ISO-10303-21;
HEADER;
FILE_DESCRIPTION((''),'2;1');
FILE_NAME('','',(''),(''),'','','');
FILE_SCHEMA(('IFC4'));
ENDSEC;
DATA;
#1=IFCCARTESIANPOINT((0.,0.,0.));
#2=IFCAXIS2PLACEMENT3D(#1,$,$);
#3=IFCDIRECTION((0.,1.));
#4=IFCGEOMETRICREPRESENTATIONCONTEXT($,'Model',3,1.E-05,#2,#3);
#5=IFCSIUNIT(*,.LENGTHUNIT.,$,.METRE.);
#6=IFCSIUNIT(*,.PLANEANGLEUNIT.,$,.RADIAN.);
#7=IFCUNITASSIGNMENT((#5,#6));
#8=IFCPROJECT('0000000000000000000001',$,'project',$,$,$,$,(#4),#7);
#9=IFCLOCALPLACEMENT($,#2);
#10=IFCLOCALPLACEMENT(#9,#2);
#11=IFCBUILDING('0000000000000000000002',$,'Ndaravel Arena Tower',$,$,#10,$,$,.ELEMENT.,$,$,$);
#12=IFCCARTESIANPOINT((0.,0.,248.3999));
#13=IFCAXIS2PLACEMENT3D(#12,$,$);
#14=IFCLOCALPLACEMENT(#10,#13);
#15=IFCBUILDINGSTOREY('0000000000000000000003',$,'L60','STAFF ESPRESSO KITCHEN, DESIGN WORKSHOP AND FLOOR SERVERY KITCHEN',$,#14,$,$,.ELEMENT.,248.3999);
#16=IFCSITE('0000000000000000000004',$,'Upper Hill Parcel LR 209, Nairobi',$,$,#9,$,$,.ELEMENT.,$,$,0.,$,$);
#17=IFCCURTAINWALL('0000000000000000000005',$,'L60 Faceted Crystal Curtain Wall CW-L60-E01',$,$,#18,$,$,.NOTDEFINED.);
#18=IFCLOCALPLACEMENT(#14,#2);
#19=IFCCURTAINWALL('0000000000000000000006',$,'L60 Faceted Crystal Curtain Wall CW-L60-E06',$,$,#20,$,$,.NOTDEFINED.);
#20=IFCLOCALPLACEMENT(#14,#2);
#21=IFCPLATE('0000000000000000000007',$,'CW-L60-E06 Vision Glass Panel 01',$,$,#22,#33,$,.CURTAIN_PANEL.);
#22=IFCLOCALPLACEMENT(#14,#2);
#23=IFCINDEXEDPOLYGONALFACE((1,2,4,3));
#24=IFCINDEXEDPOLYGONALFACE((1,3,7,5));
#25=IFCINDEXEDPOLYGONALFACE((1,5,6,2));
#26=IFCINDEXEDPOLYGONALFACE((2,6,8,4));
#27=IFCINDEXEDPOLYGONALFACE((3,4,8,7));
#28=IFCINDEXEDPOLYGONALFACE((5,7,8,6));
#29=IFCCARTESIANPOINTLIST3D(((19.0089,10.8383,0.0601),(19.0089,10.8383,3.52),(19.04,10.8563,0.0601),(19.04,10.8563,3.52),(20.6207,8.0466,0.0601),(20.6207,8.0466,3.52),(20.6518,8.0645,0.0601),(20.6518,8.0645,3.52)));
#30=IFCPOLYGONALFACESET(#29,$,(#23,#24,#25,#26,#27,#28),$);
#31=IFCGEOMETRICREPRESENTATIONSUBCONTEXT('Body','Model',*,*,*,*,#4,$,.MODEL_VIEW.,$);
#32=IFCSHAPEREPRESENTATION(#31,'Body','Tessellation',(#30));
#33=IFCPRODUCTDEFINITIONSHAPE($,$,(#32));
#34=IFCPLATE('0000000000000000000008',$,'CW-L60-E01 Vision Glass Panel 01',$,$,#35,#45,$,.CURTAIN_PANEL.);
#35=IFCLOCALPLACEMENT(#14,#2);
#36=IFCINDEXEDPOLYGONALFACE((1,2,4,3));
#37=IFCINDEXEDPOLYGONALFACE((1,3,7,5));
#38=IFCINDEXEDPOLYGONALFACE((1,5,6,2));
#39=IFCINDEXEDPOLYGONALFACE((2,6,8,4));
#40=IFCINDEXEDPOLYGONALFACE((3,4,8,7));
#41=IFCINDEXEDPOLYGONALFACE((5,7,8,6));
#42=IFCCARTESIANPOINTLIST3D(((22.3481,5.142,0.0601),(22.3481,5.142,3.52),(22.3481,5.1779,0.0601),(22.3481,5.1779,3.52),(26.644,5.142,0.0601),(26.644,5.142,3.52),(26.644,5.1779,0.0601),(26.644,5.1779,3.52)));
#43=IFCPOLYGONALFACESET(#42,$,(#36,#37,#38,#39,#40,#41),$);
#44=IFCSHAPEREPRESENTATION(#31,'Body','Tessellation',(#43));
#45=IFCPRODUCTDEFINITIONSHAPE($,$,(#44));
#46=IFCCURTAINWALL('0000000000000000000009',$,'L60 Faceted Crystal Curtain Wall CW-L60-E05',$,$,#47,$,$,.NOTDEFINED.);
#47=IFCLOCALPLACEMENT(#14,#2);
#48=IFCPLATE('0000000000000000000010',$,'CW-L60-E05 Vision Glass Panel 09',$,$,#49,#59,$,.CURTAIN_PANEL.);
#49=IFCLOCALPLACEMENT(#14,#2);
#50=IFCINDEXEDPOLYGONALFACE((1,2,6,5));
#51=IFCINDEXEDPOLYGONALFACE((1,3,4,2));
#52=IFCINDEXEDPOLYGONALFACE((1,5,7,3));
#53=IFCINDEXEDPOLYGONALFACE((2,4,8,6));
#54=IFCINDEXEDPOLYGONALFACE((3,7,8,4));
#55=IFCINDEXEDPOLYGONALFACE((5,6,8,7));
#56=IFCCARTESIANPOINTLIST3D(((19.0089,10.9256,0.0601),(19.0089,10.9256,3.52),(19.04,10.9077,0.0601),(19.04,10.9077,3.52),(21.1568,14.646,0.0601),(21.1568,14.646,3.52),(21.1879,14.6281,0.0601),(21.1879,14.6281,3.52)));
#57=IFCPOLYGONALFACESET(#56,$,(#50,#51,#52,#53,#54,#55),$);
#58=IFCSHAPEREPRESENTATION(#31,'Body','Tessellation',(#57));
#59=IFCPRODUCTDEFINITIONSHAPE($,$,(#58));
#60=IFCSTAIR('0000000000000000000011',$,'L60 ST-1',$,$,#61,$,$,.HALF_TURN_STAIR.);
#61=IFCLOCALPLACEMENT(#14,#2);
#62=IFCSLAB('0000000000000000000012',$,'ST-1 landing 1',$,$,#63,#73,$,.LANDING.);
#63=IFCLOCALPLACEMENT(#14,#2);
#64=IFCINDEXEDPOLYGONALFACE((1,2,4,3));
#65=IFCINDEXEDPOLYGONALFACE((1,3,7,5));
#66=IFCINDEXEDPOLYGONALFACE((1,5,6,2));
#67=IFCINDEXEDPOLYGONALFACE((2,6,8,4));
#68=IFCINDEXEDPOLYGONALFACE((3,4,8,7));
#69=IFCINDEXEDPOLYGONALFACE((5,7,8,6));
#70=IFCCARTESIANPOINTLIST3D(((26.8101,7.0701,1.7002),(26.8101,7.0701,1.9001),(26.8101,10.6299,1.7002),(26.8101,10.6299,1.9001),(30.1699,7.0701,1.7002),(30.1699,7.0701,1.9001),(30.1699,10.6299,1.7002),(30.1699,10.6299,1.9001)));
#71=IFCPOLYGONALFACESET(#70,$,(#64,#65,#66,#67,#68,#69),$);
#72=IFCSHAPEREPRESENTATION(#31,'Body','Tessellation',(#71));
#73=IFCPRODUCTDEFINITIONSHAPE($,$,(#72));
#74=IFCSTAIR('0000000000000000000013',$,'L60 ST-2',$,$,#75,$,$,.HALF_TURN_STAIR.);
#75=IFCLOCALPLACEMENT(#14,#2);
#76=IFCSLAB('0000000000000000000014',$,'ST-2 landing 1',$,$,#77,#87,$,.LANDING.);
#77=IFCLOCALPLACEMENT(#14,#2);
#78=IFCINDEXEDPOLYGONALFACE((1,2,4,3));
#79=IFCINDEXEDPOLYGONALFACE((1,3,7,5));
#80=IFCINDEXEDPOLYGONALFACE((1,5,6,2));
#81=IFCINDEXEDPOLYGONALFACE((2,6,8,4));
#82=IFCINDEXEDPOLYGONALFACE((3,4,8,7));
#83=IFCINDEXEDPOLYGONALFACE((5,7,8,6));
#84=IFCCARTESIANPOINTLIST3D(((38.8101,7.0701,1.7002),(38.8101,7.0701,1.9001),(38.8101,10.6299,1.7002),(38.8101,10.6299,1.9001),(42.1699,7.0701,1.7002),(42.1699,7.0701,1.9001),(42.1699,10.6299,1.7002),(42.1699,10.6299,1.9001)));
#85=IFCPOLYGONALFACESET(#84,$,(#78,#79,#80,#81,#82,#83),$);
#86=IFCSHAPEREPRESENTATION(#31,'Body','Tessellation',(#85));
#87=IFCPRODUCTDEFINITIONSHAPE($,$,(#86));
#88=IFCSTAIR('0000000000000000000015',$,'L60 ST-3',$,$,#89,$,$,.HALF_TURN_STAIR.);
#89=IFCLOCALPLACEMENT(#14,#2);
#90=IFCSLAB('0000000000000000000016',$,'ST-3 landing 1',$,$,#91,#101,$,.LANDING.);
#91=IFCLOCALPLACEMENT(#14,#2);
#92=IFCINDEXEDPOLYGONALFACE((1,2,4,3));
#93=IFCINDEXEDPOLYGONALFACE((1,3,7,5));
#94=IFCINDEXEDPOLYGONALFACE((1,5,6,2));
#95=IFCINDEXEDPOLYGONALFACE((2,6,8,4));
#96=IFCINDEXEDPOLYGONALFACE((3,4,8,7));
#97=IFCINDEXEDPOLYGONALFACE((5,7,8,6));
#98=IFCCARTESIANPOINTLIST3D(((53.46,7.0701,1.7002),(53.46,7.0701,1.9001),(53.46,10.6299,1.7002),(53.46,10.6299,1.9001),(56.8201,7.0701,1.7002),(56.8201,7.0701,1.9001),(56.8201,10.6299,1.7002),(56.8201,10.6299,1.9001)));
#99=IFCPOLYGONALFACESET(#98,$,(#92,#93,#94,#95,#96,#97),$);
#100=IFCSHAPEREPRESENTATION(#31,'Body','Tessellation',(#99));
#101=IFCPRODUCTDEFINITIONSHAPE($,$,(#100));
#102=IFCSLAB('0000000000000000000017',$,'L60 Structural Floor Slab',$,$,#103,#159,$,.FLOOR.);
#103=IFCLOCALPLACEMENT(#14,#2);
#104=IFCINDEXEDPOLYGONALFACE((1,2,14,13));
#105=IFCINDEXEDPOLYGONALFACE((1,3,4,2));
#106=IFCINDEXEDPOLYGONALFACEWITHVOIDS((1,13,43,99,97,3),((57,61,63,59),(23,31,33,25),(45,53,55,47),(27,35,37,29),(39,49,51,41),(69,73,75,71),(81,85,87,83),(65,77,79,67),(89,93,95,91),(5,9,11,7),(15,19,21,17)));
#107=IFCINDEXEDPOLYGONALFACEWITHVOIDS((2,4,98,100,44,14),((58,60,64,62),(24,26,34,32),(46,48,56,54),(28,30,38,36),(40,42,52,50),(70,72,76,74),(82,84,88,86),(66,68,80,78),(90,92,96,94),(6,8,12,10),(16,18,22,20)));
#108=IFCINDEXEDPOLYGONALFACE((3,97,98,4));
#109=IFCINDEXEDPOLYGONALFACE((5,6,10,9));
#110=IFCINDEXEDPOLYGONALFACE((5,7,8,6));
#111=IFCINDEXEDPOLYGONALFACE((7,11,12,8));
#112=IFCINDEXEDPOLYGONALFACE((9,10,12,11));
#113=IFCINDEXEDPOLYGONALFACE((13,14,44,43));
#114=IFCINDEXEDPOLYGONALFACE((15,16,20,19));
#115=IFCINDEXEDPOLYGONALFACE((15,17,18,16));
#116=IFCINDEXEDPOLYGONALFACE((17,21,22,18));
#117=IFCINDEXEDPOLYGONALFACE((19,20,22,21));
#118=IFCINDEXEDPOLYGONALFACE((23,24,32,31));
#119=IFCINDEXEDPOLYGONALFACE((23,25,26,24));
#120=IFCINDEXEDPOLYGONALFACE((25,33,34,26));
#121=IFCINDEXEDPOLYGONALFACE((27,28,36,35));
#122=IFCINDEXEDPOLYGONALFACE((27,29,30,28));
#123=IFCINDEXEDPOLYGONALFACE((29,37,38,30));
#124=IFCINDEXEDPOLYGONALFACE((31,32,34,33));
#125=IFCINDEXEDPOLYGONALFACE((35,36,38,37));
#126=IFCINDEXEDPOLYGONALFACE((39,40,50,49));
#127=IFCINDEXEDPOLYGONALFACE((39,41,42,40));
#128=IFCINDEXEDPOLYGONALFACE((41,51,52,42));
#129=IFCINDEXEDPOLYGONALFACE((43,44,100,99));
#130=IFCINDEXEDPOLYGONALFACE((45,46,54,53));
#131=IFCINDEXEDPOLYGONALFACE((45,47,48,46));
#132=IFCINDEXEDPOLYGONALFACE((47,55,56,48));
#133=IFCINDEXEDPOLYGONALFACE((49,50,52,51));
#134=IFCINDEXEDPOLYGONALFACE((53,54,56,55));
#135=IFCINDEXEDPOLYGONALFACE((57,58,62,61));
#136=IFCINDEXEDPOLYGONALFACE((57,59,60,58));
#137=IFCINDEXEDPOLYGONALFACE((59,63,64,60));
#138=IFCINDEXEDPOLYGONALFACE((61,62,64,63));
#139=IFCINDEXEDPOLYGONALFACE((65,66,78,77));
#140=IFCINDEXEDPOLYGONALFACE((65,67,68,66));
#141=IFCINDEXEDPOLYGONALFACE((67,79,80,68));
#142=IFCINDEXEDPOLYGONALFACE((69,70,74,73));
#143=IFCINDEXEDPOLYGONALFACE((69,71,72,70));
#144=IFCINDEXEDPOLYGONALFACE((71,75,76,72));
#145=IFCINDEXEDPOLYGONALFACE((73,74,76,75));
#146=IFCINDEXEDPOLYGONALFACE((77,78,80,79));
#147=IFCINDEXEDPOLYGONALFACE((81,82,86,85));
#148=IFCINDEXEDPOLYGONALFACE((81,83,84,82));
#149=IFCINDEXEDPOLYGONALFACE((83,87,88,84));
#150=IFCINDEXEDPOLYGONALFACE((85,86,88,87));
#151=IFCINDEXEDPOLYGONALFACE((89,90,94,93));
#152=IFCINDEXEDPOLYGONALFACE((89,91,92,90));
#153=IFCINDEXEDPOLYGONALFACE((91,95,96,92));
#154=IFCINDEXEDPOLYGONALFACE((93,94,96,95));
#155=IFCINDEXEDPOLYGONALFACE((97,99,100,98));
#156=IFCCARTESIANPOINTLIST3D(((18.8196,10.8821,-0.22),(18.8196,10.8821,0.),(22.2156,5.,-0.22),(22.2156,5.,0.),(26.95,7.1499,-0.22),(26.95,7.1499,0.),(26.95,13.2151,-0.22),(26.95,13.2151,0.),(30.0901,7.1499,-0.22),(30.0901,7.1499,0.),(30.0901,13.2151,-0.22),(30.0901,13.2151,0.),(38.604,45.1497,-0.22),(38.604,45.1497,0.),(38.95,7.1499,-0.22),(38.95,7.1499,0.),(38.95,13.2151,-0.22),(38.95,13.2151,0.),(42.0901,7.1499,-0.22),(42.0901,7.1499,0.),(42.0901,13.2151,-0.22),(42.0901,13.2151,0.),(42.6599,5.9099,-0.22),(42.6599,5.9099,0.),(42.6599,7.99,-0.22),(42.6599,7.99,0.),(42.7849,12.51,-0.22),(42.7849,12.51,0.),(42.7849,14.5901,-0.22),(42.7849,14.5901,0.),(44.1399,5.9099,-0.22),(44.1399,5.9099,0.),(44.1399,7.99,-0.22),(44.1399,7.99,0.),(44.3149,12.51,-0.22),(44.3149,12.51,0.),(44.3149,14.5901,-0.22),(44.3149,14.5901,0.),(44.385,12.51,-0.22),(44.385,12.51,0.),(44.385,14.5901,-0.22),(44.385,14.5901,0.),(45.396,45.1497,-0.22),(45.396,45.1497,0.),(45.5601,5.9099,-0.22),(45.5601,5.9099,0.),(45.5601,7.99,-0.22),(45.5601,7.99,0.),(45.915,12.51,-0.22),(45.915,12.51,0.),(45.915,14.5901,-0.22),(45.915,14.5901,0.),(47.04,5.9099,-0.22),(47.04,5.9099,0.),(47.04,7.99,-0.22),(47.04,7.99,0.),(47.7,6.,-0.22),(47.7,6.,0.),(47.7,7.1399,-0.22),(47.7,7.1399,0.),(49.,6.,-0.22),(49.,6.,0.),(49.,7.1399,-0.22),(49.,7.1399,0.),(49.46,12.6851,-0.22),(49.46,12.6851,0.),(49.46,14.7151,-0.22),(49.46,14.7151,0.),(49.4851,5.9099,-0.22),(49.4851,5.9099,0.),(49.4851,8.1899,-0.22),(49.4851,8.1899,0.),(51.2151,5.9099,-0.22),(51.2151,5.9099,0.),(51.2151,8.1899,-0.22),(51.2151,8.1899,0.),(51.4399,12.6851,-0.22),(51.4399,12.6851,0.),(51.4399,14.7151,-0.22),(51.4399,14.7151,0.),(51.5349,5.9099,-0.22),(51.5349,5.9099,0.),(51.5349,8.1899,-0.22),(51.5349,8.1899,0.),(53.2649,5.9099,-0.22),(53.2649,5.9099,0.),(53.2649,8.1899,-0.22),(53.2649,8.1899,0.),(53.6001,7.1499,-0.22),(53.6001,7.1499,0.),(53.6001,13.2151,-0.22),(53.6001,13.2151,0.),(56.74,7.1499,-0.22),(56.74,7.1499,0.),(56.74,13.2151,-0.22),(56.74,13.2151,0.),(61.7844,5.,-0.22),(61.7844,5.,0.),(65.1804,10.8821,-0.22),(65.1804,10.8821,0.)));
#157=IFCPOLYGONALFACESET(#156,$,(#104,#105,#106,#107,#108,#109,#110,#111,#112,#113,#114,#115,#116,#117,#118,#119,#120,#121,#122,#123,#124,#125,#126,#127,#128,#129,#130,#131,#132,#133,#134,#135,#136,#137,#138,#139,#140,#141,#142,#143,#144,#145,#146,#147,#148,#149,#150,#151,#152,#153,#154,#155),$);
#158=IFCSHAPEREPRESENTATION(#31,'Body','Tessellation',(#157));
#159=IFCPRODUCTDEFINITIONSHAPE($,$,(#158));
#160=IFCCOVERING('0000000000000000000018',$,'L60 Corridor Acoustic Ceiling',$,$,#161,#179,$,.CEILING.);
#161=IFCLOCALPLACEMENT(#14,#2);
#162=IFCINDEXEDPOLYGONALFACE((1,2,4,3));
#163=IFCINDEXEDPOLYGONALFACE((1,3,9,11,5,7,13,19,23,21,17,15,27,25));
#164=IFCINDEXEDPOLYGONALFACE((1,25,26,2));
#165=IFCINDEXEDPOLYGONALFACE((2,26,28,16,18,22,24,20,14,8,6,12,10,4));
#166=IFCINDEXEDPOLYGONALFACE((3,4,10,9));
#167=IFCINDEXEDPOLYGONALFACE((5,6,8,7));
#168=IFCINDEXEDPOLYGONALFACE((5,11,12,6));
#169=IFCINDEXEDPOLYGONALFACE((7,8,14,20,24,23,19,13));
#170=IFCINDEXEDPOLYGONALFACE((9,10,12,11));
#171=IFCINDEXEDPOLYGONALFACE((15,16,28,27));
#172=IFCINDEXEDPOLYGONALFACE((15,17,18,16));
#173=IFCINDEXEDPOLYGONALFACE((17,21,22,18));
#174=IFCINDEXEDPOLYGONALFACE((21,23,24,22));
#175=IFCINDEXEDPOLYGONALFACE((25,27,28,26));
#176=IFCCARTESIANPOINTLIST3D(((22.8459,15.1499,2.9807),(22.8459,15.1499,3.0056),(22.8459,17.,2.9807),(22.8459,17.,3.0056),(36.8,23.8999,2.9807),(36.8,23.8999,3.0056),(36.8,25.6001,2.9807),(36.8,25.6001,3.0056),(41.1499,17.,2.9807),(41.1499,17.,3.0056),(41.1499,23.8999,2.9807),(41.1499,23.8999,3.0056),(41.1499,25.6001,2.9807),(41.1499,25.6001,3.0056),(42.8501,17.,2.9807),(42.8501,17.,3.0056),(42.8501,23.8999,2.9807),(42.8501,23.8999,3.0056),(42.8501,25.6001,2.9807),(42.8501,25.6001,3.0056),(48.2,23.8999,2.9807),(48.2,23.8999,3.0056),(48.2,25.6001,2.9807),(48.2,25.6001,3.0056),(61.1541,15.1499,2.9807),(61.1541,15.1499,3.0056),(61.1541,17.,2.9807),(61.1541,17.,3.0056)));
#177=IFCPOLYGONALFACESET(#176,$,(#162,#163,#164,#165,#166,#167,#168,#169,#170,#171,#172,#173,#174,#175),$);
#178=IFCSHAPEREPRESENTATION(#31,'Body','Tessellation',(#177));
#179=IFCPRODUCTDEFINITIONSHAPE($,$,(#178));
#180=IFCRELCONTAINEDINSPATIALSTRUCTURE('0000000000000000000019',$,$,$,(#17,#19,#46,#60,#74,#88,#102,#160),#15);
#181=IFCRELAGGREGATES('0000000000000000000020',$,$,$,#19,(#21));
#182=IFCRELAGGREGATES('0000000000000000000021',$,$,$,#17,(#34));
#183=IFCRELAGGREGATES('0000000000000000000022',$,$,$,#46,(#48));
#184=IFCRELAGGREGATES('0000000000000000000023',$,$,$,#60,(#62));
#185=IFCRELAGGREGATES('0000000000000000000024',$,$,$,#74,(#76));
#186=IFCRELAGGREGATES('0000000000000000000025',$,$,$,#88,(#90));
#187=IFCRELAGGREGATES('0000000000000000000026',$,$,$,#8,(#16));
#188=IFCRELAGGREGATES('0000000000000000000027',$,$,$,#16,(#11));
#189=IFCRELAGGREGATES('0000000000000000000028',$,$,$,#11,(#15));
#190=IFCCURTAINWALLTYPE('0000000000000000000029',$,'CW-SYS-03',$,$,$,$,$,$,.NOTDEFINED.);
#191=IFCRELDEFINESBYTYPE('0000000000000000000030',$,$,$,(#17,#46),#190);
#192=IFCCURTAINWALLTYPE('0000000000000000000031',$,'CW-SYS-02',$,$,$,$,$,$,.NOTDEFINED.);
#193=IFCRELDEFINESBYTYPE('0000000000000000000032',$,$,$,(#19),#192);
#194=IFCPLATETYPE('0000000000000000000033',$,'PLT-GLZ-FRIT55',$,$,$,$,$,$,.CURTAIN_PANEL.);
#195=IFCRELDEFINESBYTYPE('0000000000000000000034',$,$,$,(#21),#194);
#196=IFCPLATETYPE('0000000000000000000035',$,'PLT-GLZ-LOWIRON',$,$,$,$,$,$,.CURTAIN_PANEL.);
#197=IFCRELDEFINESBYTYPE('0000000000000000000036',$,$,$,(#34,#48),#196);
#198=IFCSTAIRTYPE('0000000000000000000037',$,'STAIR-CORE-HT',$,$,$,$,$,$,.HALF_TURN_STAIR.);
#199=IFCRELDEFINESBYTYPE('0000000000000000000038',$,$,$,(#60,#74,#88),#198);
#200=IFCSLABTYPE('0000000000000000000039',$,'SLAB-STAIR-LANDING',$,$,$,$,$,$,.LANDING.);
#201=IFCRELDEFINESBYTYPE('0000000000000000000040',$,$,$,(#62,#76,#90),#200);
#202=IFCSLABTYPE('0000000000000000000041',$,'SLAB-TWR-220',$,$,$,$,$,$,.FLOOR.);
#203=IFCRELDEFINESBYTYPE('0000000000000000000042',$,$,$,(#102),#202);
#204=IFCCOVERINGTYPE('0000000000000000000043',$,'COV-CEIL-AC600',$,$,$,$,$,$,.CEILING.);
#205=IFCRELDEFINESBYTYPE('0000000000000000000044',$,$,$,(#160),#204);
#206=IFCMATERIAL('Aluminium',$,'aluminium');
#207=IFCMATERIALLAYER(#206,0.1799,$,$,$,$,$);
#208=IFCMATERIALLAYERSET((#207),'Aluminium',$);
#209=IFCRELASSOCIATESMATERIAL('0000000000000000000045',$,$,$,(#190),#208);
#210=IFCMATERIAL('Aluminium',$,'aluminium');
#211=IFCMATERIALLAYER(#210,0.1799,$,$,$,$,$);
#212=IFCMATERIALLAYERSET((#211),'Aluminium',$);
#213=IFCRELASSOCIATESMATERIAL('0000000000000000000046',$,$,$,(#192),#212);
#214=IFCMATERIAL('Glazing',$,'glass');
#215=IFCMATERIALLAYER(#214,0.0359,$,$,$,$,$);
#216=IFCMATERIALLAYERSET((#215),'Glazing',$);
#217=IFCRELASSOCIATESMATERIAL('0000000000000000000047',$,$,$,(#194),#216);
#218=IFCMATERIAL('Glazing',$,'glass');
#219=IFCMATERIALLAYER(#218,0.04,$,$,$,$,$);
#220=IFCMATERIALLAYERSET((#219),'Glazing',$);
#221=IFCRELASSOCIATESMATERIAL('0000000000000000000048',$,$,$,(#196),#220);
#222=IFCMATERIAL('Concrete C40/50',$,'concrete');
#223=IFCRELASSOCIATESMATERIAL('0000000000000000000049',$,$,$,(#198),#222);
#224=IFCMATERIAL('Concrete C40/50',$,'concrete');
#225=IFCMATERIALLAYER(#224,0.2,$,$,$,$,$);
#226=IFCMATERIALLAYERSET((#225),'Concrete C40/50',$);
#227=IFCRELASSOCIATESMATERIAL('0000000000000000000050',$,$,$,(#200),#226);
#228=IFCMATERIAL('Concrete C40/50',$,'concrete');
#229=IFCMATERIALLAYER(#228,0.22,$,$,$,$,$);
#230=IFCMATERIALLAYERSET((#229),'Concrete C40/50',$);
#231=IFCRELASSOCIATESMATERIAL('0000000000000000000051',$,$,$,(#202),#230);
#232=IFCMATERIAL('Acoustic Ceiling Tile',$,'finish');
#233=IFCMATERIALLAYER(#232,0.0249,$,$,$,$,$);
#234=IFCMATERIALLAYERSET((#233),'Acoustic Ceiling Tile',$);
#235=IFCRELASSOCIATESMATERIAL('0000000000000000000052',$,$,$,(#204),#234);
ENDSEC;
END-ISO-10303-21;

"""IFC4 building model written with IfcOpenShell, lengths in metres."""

from ifc_helpers import new_model, si_unit, direction, frame, origin, origin_2d, place, context, subcontext, project, spatial, polyline, rectangle, outline, extrude, material, layer, layer_set, type_object, element, aggregate, save


model = new_model("IFC4")

# Units and contexts
model_context = context("Model", 3, precision=1e-05, world=origin(), true_north=direction((0.0, 1.0)))
body_context = subcontext(model_context, "Body", "Model", "MODEL_VIEW")
ifc_project = project(units=[si_unit("LENGTHUNIT", "METRE"), si_unit("PLANEANGLEUNIT", "RADIAN")], contexts=[model_context])

# Site, building, storey
site_placement = place(None, origin())
site = spatial("IfcSite", under=ifc_project, at=site_placement, Name="Upper Hill Parcel LR 209, Nairobi", CompositionType="ELEMENT", RefElevation=0.0)
building_placement = place(site_placement, origin())
building = spatial("IfcBuilding", under=site, at=building_placement, Name="Ndaravel Arena Tower", CompositionType="ELEMENT")
storey_placement = place(building_placement, frame((0.0, 0.0, 248.3999)))
storey = spatial("IfcBuildingStorey", under=building, at=storey_placement, Name="L60", Description="STAFF ESPRESSO KITCHEN, DESIGN WORKSHOP AND FLOOR SERVERY KITCHEN", CompositionType="ELEMENT", Elevation=248.3999)

# Curtain wall
ifc_material_1 = material(Name="Aluminium", Category="aluminium")
ifc_layer_1 = layer(ifc_material_1, 0.1799)
ifc_layer_set_1 = layer_set([ifc_layer_1], Name="Aluminium")
curtain_wall_type_1 = type_object("IfcCurtainWallType", Name="CW-SYS-03", PredefinedType="NOTDEFINED", material=ifc_layer_set_1)
curtain_wall_1_placement = place(storey_placement, origin())
curtain_wall_1 = element("IfcCurtainWall", 1, at=curtain_wall_1_placement, inside=storey, type_object=curtain_wall_type_1, Name="L60 Faceted Crystal Curtain Wall CW-L60-E01", PredefinedType="NOTDEFINED")

# Curtain wall
ifc_material_2 = material(Name="Aluminium", Category="aluminium")
ifc_layer_2 = layer(ifc_material_2, 0.1799)
ifc_layer_set_2 = layer_set([ifc_layer_2], Name="Aluminium")
curtain_wall_type_2 = type_object("IfcCurtainWallType", Name="CW-SYS-02", PredefinedType="NOTDEFINED", material=ifc_layer_set_2)
curtain_wall_2_placement = place(storey_placement, origin())
curtain_wall_2 = element("IfcCurtainWall", 2, at=curtain_wall_2_placement, inside=storey, type_object=curtain_wall_type_2, Name="L60 Faceted Crystal Curtain Wall CW-L60-E06", PredefinedType="NOTDEFINED")

# Plates
ifc_material_3 = material(Name="Glazing", Category="glass")
ifc_layer_3 = layer(ifc_material_3, 0.0359)
ifc_layer_set_3 = layer_set([ifc_layer_3], Name="Glazing")
plate_type_1 = type_object("IfcPlateType", Name="PLT-GLZ-FRIT55", PredefinedType="CURTAIN_PANEL", material=ifc_layer_set_3)
plate_1_placement = place(storey_placement, frame((19.8303, 9.4514, 0.0601), z_axis=(0.0, 0.0, 1.0), x_axis=(0.5, -0.866025, 0.0)))
plate_1 = element("IfcPlate", 3, at=plate_1_placement, type_object=plate_type_1, Name="CW-L60-E06 Vision Glass Panel 01", PredefinedType="CURTAIN_PANEL", context=body_context, shape_type="SweptSolid", body=[
    extrude(rectangle(XDim=3.2236, YDim=0.0359, at=origin_2d()), origin(), (0.0, 0.0, 1.0), 3.46),
])
aggregate(curtain_wall_2, [plate_1])
ifc_material_4 = material(Name="Glazing", Category="glass")
ifc_layer_4 = layer(ifc_material_4, 0.04)
ifc_layer_set_4 = layer_set([ifc_layer_4], Name="Glazing")
plate_type_2 = type_object("IfcPlateType", Name="PLT-GLZ-LOWIRON", PredefinedType="CURTAIN_PANEL", material=ifc_layer_set_4)
plate_2_placement = place(storey_placement, frame((24.4961, 5.1599, 0.0601), z_axis=(0.0, 0.0, 1.0), x_axis=(1.0, 0.0, 0.0)))
plate_2 = element("IfcPlate", 4, at=plate_2_placement, type_object=plate_type_2, Name="CW-L60-E01 Vision Glass Panel 01", PredefinedType="CURTAIN_PANEL", context=body_context, shape_type="SweptSolid", body=[
    extrude(rectangle(XDim=4.2959, YDim=0.0359, at=origin_2d()), origin(), (0.0, 0.0, 1.0), 3.46),
])
aggregate(curtain_wall_1, [plate_2])

# Curtain wall, plate
curtain_wall_3_placement = place(storey_placement, origin())
curtain_wall_3 = element("IfcCurtainWall", 5, at=curtain_wall_3_placement, inside=storey, type_object=curtain_wall_type_1, Name="L60 Faceted Crystal Curtain Wall CW-L60-E05", PredefinedType="NOTDEFINED")
plate_3_placement = place(storey_placement, frame((20.0984, 12.7769, 0.0601), z_axis=(0.0, 0.0, 1.0), x_axis=(-0.5, -0.866025, 0.0)))
plate_3 = element("IfcPlate", 6, at=plate_3_placement, type_object=plate_type_2, Name="CW-L60-E05 Vision Glass Panel 09", PredefinedType="CURTAIN_PANEL", context=body_context, shape_type="SweptSolid", body=[
    extrude(rectangle(XDim=4.2959, YDim=0.0359, at=origin_2d()), origin(), (0.0, 0.0, 1.0), 3.46),
])
aggregate(curtain_wall_3, [plate_3])

# Stairs, slabs
ifc_material_5 = material(Name="Concrete C40/50", Category="concrete")
stair_type = type_object("IfcStairType", Name="STAIR-CORE-HT", PredefinedType="HALF_TURN_STAIR", material=ifc_material_5)
stair_1_placement = place(storey_placement, origin())
stair_1 = element("IfcStair", 7, at=stair_1_placement, inside=storey, type_object=stair_type, Name="L60 ST-1", PredefinedType="HALF_TURN_STAIR")
ifc_material_6 = material(Name="Concrete C40/50", Category="concrete")
ifc_layer_5 = layer(ifc_material_6, 0.2)
ifc_layer_set_5 = layer_set([ifc_layer_5], Name="Concrete C40/50")
slab_type_1 = type_object("IfcSlabType", Name="SLAB-STAIR-LANDING", PredefinedType="LANDING", material=ifc_layer_set_5)
slab_1_placement = place(storey_placement, frame((0.0, 0.0, 1.7002)))
slab_1 = element("IfcSlab", 8, at=slab_1_placement, type_object=slab_type_1, Name="ST-1 landing 1", PredefinedType="LANDING", context=body_context, shape_type="SweptSolid", body=[
    extrude(outline(polyline([(26.8101, 10.6299), (26.8101, 7.0701), (30.1699, 7.0701), (30.1699, 10.6299), (26.8101, 10.6299)])), origin(), (0.0, 0.0, 1.0), 0.2),
])
aggregate(stair_1, [slab_1])
stair_2_placement = place(storey_placement, origin())
stair_2 = element("IfcStair", 9, at=stair_2_placement, inside=storey, type_object=stair_type, Name="L60 ST-2", PredefinedType="HALF_TURN_STAIR")
slab_2_placement = place(storey_placement, frame((0.0, 0.0, 1.7002)))
slab_2 = element("IfcSlab", 10, at=slab_2_placement, type_object=slab_type_1, Name="ST-2 landing 1", PredefinedType="LANDING", context=body_context, shape_type="SweptSolid", body=[
    extrude(outline(polyline([(38.8101, 10.6299), (38.8101, 7.0701), (42.1699, 7.0701), (42.1699, 10.6299), (38.8101, 10.6299)])), origin(), (0.0, 0.0, 1.0), 0.2),
])
aggregate(stair_2, [slab_2])
stair_3_placement = place(storey_placement, origin())
stair_3 = element("IfcStair", 11, at=stair_3_placement, inside=storey, type_object=stair_type, Name="L60 ST-3", PredefinedType="HALF_TURN_STAIR")
slab_3_placement = place(storey_placement, frame((0.0, 0.0, 1.7002)))
slab_3 = element("IfcSlab", 12, at=slab_3_placement, type_object=slab_type_1, Name="ST-3 landing 1", PredefinedType="LANDING", context=body_context, shape_type="SweptSolid", body=[
    extrude(outline(polyline([(53.46, 10.6299), (53.46, 7.0701), (56.8201, 7.0701), (56.8201, 10.6299), (53.46, 10.6299)])), origin(), (0.0, 0.0, 1.0), 0.2),
])
aggregate(stair_3, [slab_3])

# Slab
ifc_material_7 = material(Name="Concrete C40/50", Category="concrete")
ifc_layer_6 = layer(ifc_material_7, 0.22)
ifc_layer_set_6 = layer_set([ifc_layer_6], Name="Concrete C40/50")
slab_type_2 = type_object("IfcSlabType", Name="SLAB-TWR-220", PredefinedType="FLOOR", material=ifc_layer_set_6)
slab_4_placement = place(storey_placement, frame((0.0, 0.0, -0.22)))
element("IfcSlab", 13, at=slab_4_placement, inside=storey, type_object=slab_type_2, Name="L60 Structural Floor Slab", PredefinedType="FLOOR", context=body_context, shape_type="SweptSolid", body=[
    extrude(outline(polyline([(18.8196, 10.8821), (22.2156, 5.0), (61.7844, 5.0), (65.1804, 10.8821), (45.396, 45.1497), (38.604, 45.1497), (18.8196, 10.8821)]), holes=[polyline([(26.95, 13.2151), (26.95, 7.1499), (30.0901, 7.1499), (30.0901, 13.2151), (26.95, 13.2151)]), polyline([(38.95, 13.2151), (38.95, 7.1499), (42.0901, 7.1499), (42.0901, 13.2151), (38.95, 13.2151)]), polyline([(53.6001, 13.2151), (53.6001, 7.1499), (56.74, 7.1499), (56.74, 13.2151), (53.6001, 13.2151)]), polyline([(42.6599, 5.9099), (44.1399, 5.9099), (44.1399, 7.99), (42.6599, 7.99), (42.6599, 5.9099)]), polyline([(45.5601, 5.9099), (47.04, 5.9099), (47.04, 7.99), (45.5601, 7.99), (45.5601, 5.9099)]), polyline([(42.7849, 12.51), (44.3149, 12.51), (44.3149, 14.5901), (42.7849, 14.5901), (42.7849, 12.51)]), polyline([(44.385, 12.51), (45.915, 12.51), (45.915, 14.5901), (44.385, 14.5901), (44.385, 12.51)]), polyline([(49.4851, 5.9099), (51.2151, 5.9099), (51.2151, 8.1899), (49.4851, 8.1899), (49.4851, 5.9099)]), polyline([(51.5349, 5.9099), (53.2649, 5.9099), (53.2649, 8.1899), (51.5349, 8.1899), (51.5349, 5.9099)]), polyline([(49.46, 12.6851), (51.4399, 12.6851), (51.4399, 14.7151), (49.46, 14.7151), (49.46, 12.6851)]), polyline([(47.7, 6.0), (49.0, 6.0), (49.0, 7.1399), (47.7, 7.1399), (47.7, 6.0)])]), origin(), (0.0, 0.0, 1.0), 0.22),
])

# Covering
ifc_material_8 = material(Name="Acoustic Ceiling Tile", Category="finish")
ifc_layer_7 = layer(ifc_material_8, 0.0249)
ifc_layer_set_7 = layer_set([ifc_layer_7], Name="Acoustic Ceiling Tile")
covering_type_1 = type_object("IfcCoveringType", Name="COV-CEIL-AC600", PredefinedType="CEILING", material=ifc_layer_set_7)
covering_1_placement = place(storey_placement, frame((0.0, 0.0, 2.9807)))
element("IfcCovering", 14, at=covering_1_placement, inside=storey, type_object=covering_type_1, Name="L60 Corridor Acoustic Ceiling", PredefinedType="CEILING", context=body_context, shape_type="SweptSolid", body=[
    extrude(outline(polyline([(61.1541, 17.0), (42.8501, 17.0), (42.8501, 23.8999), (48.2, 23.8999), (48.2, 25.6001), (42.8501, 25.6001), (41.1499, 25.6001), (36.8, 25.6001), (36.8, 23.8999), (41.1499, 23.8999), (41.1499, 17.0), (22.8459, 17.0), (22.8459, 15.1499), (61.1541, 15.1499), (61.1541, 17.0)])), origin(), (0.0, 0.0, 1.0), 0.0249),
])

save(model, "model.ifc")
